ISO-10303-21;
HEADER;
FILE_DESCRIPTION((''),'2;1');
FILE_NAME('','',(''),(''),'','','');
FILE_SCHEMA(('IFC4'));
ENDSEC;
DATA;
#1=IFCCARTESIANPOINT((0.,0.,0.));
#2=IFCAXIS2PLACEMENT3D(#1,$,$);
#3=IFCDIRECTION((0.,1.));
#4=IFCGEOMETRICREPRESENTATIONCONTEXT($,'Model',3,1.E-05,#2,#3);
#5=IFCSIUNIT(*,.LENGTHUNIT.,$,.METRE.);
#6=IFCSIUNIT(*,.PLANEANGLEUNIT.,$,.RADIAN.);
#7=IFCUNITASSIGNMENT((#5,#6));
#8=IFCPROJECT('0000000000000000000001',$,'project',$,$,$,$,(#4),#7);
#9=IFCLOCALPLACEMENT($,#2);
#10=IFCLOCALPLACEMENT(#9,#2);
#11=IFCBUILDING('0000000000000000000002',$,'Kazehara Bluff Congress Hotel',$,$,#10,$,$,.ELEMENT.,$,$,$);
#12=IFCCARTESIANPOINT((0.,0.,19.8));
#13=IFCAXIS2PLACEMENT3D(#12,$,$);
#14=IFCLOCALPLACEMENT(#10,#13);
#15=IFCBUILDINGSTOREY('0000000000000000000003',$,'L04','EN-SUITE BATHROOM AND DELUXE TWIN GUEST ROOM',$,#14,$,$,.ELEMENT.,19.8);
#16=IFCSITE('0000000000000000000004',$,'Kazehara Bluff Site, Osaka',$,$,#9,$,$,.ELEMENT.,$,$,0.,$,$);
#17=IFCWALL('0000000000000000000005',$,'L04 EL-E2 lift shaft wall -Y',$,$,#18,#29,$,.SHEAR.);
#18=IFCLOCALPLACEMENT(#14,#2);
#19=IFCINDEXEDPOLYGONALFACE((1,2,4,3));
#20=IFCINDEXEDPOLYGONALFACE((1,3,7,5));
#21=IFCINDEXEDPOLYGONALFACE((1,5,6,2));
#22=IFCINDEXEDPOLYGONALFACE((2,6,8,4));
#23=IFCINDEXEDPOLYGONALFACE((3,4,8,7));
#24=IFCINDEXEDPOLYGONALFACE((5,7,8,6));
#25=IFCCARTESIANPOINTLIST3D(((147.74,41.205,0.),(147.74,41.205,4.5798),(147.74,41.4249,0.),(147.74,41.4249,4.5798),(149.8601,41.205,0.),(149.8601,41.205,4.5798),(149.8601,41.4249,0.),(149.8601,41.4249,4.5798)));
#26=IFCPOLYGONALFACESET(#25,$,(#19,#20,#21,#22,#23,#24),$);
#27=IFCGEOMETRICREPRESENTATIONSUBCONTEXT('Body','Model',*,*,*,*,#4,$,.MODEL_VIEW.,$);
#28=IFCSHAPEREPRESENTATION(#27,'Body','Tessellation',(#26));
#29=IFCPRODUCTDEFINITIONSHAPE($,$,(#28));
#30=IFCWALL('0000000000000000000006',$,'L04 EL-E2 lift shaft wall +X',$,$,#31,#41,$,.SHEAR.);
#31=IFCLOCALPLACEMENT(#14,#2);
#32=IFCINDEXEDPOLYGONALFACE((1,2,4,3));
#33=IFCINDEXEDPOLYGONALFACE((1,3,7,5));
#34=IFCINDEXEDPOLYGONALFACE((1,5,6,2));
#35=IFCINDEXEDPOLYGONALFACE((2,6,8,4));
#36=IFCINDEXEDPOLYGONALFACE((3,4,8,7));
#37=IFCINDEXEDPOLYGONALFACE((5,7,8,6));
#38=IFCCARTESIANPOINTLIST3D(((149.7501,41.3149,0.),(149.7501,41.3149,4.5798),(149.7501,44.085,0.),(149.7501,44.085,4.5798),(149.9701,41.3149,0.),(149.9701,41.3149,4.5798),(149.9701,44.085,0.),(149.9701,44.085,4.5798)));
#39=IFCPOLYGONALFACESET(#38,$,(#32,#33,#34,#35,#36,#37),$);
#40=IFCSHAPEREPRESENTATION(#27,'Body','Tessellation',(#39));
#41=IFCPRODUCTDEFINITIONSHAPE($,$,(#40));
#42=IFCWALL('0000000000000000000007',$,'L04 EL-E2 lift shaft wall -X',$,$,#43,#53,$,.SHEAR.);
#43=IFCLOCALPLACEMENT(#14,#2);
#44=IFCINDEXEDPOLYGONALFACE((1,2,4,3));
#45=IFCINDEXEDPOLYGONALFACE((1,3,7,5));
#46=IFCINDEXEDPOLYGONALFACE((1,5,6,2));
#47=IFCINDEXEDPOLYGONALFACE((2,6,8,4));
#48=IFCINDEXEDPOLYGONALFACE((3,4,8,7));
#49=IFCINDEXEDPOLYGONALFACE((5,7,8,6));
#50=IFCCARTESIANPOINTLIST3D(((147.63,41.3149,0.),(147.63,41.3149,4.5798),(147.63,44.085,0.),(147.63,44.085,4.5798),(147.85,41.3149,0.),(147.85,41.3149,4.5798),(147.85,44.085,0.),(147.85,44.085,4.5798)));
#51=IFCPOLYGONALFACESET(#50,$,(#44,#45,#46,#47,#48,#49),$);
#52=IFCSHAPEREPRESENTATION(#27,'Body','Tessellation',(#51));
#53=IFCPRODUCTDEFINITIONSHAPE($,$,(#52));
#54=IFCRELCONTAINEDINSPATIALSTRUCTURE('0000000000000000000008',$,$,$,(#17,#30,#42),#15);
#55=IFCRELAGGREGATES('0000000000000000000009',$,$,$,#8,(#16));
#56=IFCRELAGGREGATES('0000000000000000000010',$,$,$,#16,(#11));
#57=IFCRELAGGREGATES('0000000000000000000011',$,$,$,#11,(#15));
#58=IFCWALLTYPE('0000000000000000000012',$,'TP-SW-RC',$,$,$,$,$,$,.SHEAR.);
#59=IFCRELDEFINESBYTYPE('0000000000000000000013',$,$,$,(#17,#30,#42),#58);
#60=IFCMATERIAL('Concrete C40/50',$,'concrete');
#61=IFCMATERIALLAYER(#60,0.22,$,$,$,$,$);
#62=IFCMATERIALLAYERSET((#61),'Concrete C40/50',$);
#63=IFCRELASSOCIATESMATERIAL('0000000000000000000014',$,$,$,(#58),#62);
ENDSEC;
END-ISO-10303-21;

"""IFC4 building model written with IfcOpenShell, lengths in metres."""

from ifc_helpers import new_model, si_unit, direction, frame, frame_2d, origin, place, context, subcontext, project, spatial, rectangle, extrude, material, layer, layer_set, type_object, element, save


model = new_model("IFC4")

# Units and contexts
model_context = context("Model", 3, precision=1e-05, world=origin(), true_north=direction((0.0, 1.0)))
body_context = subcontext(model_context, "Body", "Model", "MODEL_VIEW")
ifc_project = project(units=[si_unit("LENGTHUNIT", "METRE"), si_unit("PLANEANGLEUNIT", "RADIAN")], contexts=[model_context])

# Site, building, storey
site_placement = place(None, origin())
site = spatial("IfcSite", under=ifc_project, at=site_placement, Name="Kazehara Bluff Site, Osaka", CompositionType="ELEMENT", RefElevation=0.0)
building_placement = place(site_placement, origin())
building = spatial("IfcBuilding", under=site, at=building_placement, Name="Kazehara Bluff Congress Hotel", CompositionType="ELEMENT")
storey_placement = place(building_placement, frame((0.0, 0.0, 19.8)))
storey = spatial("IfcBuildingStorey", under=building, at=storey_placement, Name="L04", Description="EN-SUITE BATHROOM AND DELUXE TWIN GUEST ROOM", CompositionType="ELEMENT", Elevation=19.8)

# Shared definitions
ifc_material_1 = material(Name="Concrete C40/50", Category="concrete")
ifc_layer_1 = layer(ifc_material_1, 0.22)
ifc_layer_set_1 = layer_set([ifc_layer_1], Name="Concrete C40/50")
wall_type_1 = type_object("IfcWallType", Name="TP-SW-RC", PredefinedType="SHEAR", material=ifc_layer_set_1)

# Walls
wall_1_placement = place(storey_placement, frame((147.74, 41.3149, 0.0), z_axis=(0.0, 0.0, 1.0), x_axis=(1.0, 0.0, 0.0)))
element("IfcWall", 1, at=wall_1_placement, inside=storey, type_object=wall_type_1, Name="L04 EL-E2 lift shaft wall -Y", PredefinedType="SHEAR", context=body_context, shape_type="SweptSolid", body=[
    extrude(rectangle(XDim=2.1201, YDim=0.22, at=frame_2d((1.0601, 0.0))), origin(), (0.0, 0.0, 1.0), 4.5798),
])
for number, where, z_axis, x_axis, name in (
    (2, (149.8601, 41.3149, 0.0), (0.0, 0.0, 1.0), (0.0, 1.0, 0.0), "L04 EL-E2 lift shaft wall +X"),
    (3, (147.74, 41.3149, 0.0), (0.0, 0.0, 1.0), (0.0, 1.0, 0.0), "L04 EL-E2 lift shaft wall -X"),
):
    element("IfcWall", number, at=place(storey_placement, frame(where, z_axis=z_axis, x_axis=x_axis)), inside=storey, type_object=wall_type_1, Name=name, PredefinedType="SHEAR", context=body_context, shape_type="SweptSolid", body=[
        extrude(rectangle(XDim=2.77, YDim=0.22, at=frame_2d((1.385, 0.0))), origin(), (0.0, 0.0, 1.0), 4.5798),
    ])

save(model, "model.ifc")
